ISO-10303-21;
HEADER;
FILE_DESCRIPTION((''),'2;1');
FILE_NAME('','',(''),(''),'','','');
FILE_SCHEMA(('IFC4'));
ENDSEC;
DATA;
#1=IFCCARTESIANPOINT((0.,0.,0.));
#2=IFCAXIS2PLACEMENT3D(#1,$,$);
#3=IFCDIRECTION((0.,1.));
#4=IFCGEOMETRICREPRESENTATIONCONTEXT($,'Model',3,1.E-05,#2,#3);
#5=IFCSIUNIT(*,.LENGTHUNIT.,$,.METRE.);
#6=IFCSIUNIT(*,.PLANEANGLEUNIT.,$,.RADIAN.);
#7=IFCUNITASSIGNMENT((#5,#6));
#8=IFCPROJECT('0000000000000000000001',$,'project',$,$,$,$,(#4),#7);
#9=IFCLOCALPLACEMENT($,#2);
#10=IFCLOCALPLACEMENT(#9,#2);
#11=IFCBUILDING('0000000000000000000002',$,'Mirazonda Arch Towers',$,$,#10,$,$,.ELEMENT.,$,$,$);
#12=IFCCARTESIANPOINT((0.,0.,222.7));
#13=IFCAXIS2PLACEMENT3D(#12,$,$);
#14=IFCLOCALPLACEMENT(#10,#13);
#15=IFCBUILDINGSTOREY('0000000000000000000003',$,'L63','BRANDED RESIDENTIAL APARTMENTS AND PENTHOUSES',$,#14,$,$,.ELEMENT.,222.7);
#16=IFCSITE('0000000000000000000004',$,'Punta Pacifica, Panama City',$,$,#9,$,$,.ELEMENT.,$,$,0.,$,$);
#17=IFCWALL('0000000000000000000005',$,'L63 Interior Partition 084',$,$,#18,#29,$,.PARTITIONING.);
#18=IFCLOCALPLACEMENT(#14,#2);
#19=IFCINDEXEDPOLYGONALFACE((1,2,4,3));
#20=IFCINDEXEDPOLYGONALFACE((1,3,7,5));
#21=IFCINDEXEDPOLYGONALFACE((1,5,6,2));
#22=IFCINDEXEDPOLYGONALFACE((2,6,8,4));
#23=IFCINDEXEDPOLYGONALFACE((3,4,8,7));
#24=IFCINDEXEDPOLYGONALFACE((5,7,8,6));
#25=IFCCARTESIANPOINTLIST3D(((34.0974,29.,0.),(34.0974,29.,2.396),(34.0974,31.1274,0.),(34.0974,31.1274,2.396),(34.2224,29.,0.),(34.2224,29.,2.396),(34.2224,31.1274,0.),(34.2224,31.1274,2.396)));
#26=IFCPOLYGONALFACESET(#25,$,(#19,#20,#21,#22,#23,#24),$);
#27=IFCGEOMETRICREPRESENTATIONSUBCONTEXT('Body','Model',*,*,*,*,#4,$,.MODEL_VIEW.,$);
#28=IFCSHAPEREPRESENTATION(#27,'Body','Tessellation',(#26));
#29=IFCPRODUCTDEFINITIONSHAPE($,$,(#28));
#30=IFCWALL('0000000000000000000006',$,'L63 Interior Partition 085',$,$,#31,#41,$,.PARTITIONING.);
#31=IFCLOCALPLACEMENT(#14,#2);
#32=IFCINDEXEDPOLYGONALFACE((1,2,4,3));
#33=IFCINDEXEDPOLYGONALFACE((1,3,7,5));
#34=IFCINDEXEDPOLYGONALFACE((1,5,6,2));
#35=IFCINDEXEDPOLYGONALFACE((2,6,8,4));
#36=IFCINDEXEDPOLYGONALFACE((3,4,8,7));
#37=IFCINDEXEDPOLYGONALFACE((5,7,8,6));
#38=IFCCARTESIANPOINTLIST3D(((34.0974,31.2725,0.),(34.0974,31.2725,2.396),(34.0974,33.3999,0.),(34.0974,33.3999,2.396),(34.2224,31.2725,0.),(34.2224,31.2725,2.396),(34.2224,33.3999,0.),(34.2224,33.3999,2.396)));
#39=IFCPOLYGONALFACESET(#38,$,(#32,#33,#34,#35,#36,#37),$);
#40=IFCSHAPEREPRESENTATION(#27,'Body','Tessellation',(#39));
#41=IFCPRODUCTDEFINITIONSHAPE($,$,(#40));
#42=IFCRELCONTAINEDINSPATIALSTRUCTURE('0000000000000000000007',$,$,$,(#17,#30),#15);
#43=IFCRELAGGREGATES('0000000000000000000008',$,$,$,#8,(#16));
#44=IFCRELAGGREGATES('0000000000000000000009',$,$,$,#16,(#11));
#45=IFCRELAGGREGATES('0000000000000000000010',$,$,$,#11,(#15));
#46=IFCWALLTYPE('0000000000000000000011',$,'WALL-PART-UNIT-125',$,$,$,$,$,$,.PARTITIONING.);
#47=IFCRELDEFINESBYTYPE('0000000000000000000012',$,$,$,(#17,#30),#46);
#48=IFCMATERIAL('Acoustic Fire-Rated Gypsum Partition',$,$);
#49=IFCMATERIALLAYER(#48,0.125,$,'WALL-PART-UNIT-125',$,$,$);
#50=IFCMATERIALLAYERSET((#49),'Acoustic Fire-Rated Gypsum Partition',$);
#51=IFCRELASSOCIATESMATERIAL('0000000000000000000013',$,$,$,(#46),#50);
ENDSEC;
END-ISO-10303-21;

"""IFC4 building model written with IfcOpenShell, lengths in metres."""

from ifc_helpers import new_model, si_unit, direction, frame, frame_2d, origin, place, context, subcontext, project, spatial, rectangle, extrude, material, layer, layer_set, type_object, element, save


model = new_model("IFC4")

# Units and contexts
model_context = context("Model", 3, precision=1e-05, world=origin(), true_north=direction((0.0, 1.0)))
body_context = subcontext(model_context, "Body", "Model", "MODEL_VIEW")
ifc_project = project(units=[si_unit("LENGTHUNIT", "METRE"), si_unit("PLANEANGLEUNIT", "RADIAN")], contexts=[model_context])

# Site, building, storey
site_placement = place(None, origin())
site = spatial("IfcSite", under=ifc_project, at=site_placement, Name="Punta Pacifica, Panama City", CompositionType="ELEMENT", RefElevation=0.0)
building_placement = place(site_placement, origin())
building = spatial("IfcBuilding", under=site, at=building_placement, Name="Mirazonda Arch Towers", CompositionType="ELEMENT")
storey_placement = place(building_placement, frame((0.0, 0.0, 222.7)))
storey = spatial("IfcBuildingStorey", under=building, at=storey_placement, Name="L63", Description="BRANDED RESIDENTIAL APARTMENTS AND PENTHOUSES", CompositionType="ELEMENT", Elevation=222.7)

# Walls
ifc_material_1 = material(Name="Acoustic Fire-Rated Gypsum Partition")
ifc_layer_1 = layer(ifc_material_1, 0.125, Name="WALL-PART-UNIT-125")
ifc_layer_set_1 = layer_set([ifc_layer_1], Name="Acoustic Fire-Rated Gypsum Partition")
wall_type_1 = type_object("IfcWallType", Name="WALL-PART-UNIT-125", PredefinedType="PARTITIONING", material=ifc_layer_set_1)
for number, where, z_axis, x_axis, name in (
    (1, (34.1599, 29.0, 0.0), (0.0, 0.0, 1.0), (0.0, 1.0, 0.0), "L63 Interior Partition 084"),
    (2, (34.1599, 31.2725, 0.0), (0.0, 0.0, 1.0), (0.0, 1.0, 0.0), "L63 Interior Partition 085"),
):
    element("IfcWall", number, at=place(storey_placement, frame(where, z_axis=z_axis, x_axis=x_axis)), inside=storey, type_object=wall_type_1, Name=name, PredefinedType="PARTITIONING", context=body_context, shape_type="SweptSolid", body=[
        extrude(rectangle(XDim=2.1274, YDim=0.125, at=frame_2d((1.0637, 0.0))), origin(), (0.0, 0.0, 1.0), 2.396),
    ])

save(model, "model.ifc")
